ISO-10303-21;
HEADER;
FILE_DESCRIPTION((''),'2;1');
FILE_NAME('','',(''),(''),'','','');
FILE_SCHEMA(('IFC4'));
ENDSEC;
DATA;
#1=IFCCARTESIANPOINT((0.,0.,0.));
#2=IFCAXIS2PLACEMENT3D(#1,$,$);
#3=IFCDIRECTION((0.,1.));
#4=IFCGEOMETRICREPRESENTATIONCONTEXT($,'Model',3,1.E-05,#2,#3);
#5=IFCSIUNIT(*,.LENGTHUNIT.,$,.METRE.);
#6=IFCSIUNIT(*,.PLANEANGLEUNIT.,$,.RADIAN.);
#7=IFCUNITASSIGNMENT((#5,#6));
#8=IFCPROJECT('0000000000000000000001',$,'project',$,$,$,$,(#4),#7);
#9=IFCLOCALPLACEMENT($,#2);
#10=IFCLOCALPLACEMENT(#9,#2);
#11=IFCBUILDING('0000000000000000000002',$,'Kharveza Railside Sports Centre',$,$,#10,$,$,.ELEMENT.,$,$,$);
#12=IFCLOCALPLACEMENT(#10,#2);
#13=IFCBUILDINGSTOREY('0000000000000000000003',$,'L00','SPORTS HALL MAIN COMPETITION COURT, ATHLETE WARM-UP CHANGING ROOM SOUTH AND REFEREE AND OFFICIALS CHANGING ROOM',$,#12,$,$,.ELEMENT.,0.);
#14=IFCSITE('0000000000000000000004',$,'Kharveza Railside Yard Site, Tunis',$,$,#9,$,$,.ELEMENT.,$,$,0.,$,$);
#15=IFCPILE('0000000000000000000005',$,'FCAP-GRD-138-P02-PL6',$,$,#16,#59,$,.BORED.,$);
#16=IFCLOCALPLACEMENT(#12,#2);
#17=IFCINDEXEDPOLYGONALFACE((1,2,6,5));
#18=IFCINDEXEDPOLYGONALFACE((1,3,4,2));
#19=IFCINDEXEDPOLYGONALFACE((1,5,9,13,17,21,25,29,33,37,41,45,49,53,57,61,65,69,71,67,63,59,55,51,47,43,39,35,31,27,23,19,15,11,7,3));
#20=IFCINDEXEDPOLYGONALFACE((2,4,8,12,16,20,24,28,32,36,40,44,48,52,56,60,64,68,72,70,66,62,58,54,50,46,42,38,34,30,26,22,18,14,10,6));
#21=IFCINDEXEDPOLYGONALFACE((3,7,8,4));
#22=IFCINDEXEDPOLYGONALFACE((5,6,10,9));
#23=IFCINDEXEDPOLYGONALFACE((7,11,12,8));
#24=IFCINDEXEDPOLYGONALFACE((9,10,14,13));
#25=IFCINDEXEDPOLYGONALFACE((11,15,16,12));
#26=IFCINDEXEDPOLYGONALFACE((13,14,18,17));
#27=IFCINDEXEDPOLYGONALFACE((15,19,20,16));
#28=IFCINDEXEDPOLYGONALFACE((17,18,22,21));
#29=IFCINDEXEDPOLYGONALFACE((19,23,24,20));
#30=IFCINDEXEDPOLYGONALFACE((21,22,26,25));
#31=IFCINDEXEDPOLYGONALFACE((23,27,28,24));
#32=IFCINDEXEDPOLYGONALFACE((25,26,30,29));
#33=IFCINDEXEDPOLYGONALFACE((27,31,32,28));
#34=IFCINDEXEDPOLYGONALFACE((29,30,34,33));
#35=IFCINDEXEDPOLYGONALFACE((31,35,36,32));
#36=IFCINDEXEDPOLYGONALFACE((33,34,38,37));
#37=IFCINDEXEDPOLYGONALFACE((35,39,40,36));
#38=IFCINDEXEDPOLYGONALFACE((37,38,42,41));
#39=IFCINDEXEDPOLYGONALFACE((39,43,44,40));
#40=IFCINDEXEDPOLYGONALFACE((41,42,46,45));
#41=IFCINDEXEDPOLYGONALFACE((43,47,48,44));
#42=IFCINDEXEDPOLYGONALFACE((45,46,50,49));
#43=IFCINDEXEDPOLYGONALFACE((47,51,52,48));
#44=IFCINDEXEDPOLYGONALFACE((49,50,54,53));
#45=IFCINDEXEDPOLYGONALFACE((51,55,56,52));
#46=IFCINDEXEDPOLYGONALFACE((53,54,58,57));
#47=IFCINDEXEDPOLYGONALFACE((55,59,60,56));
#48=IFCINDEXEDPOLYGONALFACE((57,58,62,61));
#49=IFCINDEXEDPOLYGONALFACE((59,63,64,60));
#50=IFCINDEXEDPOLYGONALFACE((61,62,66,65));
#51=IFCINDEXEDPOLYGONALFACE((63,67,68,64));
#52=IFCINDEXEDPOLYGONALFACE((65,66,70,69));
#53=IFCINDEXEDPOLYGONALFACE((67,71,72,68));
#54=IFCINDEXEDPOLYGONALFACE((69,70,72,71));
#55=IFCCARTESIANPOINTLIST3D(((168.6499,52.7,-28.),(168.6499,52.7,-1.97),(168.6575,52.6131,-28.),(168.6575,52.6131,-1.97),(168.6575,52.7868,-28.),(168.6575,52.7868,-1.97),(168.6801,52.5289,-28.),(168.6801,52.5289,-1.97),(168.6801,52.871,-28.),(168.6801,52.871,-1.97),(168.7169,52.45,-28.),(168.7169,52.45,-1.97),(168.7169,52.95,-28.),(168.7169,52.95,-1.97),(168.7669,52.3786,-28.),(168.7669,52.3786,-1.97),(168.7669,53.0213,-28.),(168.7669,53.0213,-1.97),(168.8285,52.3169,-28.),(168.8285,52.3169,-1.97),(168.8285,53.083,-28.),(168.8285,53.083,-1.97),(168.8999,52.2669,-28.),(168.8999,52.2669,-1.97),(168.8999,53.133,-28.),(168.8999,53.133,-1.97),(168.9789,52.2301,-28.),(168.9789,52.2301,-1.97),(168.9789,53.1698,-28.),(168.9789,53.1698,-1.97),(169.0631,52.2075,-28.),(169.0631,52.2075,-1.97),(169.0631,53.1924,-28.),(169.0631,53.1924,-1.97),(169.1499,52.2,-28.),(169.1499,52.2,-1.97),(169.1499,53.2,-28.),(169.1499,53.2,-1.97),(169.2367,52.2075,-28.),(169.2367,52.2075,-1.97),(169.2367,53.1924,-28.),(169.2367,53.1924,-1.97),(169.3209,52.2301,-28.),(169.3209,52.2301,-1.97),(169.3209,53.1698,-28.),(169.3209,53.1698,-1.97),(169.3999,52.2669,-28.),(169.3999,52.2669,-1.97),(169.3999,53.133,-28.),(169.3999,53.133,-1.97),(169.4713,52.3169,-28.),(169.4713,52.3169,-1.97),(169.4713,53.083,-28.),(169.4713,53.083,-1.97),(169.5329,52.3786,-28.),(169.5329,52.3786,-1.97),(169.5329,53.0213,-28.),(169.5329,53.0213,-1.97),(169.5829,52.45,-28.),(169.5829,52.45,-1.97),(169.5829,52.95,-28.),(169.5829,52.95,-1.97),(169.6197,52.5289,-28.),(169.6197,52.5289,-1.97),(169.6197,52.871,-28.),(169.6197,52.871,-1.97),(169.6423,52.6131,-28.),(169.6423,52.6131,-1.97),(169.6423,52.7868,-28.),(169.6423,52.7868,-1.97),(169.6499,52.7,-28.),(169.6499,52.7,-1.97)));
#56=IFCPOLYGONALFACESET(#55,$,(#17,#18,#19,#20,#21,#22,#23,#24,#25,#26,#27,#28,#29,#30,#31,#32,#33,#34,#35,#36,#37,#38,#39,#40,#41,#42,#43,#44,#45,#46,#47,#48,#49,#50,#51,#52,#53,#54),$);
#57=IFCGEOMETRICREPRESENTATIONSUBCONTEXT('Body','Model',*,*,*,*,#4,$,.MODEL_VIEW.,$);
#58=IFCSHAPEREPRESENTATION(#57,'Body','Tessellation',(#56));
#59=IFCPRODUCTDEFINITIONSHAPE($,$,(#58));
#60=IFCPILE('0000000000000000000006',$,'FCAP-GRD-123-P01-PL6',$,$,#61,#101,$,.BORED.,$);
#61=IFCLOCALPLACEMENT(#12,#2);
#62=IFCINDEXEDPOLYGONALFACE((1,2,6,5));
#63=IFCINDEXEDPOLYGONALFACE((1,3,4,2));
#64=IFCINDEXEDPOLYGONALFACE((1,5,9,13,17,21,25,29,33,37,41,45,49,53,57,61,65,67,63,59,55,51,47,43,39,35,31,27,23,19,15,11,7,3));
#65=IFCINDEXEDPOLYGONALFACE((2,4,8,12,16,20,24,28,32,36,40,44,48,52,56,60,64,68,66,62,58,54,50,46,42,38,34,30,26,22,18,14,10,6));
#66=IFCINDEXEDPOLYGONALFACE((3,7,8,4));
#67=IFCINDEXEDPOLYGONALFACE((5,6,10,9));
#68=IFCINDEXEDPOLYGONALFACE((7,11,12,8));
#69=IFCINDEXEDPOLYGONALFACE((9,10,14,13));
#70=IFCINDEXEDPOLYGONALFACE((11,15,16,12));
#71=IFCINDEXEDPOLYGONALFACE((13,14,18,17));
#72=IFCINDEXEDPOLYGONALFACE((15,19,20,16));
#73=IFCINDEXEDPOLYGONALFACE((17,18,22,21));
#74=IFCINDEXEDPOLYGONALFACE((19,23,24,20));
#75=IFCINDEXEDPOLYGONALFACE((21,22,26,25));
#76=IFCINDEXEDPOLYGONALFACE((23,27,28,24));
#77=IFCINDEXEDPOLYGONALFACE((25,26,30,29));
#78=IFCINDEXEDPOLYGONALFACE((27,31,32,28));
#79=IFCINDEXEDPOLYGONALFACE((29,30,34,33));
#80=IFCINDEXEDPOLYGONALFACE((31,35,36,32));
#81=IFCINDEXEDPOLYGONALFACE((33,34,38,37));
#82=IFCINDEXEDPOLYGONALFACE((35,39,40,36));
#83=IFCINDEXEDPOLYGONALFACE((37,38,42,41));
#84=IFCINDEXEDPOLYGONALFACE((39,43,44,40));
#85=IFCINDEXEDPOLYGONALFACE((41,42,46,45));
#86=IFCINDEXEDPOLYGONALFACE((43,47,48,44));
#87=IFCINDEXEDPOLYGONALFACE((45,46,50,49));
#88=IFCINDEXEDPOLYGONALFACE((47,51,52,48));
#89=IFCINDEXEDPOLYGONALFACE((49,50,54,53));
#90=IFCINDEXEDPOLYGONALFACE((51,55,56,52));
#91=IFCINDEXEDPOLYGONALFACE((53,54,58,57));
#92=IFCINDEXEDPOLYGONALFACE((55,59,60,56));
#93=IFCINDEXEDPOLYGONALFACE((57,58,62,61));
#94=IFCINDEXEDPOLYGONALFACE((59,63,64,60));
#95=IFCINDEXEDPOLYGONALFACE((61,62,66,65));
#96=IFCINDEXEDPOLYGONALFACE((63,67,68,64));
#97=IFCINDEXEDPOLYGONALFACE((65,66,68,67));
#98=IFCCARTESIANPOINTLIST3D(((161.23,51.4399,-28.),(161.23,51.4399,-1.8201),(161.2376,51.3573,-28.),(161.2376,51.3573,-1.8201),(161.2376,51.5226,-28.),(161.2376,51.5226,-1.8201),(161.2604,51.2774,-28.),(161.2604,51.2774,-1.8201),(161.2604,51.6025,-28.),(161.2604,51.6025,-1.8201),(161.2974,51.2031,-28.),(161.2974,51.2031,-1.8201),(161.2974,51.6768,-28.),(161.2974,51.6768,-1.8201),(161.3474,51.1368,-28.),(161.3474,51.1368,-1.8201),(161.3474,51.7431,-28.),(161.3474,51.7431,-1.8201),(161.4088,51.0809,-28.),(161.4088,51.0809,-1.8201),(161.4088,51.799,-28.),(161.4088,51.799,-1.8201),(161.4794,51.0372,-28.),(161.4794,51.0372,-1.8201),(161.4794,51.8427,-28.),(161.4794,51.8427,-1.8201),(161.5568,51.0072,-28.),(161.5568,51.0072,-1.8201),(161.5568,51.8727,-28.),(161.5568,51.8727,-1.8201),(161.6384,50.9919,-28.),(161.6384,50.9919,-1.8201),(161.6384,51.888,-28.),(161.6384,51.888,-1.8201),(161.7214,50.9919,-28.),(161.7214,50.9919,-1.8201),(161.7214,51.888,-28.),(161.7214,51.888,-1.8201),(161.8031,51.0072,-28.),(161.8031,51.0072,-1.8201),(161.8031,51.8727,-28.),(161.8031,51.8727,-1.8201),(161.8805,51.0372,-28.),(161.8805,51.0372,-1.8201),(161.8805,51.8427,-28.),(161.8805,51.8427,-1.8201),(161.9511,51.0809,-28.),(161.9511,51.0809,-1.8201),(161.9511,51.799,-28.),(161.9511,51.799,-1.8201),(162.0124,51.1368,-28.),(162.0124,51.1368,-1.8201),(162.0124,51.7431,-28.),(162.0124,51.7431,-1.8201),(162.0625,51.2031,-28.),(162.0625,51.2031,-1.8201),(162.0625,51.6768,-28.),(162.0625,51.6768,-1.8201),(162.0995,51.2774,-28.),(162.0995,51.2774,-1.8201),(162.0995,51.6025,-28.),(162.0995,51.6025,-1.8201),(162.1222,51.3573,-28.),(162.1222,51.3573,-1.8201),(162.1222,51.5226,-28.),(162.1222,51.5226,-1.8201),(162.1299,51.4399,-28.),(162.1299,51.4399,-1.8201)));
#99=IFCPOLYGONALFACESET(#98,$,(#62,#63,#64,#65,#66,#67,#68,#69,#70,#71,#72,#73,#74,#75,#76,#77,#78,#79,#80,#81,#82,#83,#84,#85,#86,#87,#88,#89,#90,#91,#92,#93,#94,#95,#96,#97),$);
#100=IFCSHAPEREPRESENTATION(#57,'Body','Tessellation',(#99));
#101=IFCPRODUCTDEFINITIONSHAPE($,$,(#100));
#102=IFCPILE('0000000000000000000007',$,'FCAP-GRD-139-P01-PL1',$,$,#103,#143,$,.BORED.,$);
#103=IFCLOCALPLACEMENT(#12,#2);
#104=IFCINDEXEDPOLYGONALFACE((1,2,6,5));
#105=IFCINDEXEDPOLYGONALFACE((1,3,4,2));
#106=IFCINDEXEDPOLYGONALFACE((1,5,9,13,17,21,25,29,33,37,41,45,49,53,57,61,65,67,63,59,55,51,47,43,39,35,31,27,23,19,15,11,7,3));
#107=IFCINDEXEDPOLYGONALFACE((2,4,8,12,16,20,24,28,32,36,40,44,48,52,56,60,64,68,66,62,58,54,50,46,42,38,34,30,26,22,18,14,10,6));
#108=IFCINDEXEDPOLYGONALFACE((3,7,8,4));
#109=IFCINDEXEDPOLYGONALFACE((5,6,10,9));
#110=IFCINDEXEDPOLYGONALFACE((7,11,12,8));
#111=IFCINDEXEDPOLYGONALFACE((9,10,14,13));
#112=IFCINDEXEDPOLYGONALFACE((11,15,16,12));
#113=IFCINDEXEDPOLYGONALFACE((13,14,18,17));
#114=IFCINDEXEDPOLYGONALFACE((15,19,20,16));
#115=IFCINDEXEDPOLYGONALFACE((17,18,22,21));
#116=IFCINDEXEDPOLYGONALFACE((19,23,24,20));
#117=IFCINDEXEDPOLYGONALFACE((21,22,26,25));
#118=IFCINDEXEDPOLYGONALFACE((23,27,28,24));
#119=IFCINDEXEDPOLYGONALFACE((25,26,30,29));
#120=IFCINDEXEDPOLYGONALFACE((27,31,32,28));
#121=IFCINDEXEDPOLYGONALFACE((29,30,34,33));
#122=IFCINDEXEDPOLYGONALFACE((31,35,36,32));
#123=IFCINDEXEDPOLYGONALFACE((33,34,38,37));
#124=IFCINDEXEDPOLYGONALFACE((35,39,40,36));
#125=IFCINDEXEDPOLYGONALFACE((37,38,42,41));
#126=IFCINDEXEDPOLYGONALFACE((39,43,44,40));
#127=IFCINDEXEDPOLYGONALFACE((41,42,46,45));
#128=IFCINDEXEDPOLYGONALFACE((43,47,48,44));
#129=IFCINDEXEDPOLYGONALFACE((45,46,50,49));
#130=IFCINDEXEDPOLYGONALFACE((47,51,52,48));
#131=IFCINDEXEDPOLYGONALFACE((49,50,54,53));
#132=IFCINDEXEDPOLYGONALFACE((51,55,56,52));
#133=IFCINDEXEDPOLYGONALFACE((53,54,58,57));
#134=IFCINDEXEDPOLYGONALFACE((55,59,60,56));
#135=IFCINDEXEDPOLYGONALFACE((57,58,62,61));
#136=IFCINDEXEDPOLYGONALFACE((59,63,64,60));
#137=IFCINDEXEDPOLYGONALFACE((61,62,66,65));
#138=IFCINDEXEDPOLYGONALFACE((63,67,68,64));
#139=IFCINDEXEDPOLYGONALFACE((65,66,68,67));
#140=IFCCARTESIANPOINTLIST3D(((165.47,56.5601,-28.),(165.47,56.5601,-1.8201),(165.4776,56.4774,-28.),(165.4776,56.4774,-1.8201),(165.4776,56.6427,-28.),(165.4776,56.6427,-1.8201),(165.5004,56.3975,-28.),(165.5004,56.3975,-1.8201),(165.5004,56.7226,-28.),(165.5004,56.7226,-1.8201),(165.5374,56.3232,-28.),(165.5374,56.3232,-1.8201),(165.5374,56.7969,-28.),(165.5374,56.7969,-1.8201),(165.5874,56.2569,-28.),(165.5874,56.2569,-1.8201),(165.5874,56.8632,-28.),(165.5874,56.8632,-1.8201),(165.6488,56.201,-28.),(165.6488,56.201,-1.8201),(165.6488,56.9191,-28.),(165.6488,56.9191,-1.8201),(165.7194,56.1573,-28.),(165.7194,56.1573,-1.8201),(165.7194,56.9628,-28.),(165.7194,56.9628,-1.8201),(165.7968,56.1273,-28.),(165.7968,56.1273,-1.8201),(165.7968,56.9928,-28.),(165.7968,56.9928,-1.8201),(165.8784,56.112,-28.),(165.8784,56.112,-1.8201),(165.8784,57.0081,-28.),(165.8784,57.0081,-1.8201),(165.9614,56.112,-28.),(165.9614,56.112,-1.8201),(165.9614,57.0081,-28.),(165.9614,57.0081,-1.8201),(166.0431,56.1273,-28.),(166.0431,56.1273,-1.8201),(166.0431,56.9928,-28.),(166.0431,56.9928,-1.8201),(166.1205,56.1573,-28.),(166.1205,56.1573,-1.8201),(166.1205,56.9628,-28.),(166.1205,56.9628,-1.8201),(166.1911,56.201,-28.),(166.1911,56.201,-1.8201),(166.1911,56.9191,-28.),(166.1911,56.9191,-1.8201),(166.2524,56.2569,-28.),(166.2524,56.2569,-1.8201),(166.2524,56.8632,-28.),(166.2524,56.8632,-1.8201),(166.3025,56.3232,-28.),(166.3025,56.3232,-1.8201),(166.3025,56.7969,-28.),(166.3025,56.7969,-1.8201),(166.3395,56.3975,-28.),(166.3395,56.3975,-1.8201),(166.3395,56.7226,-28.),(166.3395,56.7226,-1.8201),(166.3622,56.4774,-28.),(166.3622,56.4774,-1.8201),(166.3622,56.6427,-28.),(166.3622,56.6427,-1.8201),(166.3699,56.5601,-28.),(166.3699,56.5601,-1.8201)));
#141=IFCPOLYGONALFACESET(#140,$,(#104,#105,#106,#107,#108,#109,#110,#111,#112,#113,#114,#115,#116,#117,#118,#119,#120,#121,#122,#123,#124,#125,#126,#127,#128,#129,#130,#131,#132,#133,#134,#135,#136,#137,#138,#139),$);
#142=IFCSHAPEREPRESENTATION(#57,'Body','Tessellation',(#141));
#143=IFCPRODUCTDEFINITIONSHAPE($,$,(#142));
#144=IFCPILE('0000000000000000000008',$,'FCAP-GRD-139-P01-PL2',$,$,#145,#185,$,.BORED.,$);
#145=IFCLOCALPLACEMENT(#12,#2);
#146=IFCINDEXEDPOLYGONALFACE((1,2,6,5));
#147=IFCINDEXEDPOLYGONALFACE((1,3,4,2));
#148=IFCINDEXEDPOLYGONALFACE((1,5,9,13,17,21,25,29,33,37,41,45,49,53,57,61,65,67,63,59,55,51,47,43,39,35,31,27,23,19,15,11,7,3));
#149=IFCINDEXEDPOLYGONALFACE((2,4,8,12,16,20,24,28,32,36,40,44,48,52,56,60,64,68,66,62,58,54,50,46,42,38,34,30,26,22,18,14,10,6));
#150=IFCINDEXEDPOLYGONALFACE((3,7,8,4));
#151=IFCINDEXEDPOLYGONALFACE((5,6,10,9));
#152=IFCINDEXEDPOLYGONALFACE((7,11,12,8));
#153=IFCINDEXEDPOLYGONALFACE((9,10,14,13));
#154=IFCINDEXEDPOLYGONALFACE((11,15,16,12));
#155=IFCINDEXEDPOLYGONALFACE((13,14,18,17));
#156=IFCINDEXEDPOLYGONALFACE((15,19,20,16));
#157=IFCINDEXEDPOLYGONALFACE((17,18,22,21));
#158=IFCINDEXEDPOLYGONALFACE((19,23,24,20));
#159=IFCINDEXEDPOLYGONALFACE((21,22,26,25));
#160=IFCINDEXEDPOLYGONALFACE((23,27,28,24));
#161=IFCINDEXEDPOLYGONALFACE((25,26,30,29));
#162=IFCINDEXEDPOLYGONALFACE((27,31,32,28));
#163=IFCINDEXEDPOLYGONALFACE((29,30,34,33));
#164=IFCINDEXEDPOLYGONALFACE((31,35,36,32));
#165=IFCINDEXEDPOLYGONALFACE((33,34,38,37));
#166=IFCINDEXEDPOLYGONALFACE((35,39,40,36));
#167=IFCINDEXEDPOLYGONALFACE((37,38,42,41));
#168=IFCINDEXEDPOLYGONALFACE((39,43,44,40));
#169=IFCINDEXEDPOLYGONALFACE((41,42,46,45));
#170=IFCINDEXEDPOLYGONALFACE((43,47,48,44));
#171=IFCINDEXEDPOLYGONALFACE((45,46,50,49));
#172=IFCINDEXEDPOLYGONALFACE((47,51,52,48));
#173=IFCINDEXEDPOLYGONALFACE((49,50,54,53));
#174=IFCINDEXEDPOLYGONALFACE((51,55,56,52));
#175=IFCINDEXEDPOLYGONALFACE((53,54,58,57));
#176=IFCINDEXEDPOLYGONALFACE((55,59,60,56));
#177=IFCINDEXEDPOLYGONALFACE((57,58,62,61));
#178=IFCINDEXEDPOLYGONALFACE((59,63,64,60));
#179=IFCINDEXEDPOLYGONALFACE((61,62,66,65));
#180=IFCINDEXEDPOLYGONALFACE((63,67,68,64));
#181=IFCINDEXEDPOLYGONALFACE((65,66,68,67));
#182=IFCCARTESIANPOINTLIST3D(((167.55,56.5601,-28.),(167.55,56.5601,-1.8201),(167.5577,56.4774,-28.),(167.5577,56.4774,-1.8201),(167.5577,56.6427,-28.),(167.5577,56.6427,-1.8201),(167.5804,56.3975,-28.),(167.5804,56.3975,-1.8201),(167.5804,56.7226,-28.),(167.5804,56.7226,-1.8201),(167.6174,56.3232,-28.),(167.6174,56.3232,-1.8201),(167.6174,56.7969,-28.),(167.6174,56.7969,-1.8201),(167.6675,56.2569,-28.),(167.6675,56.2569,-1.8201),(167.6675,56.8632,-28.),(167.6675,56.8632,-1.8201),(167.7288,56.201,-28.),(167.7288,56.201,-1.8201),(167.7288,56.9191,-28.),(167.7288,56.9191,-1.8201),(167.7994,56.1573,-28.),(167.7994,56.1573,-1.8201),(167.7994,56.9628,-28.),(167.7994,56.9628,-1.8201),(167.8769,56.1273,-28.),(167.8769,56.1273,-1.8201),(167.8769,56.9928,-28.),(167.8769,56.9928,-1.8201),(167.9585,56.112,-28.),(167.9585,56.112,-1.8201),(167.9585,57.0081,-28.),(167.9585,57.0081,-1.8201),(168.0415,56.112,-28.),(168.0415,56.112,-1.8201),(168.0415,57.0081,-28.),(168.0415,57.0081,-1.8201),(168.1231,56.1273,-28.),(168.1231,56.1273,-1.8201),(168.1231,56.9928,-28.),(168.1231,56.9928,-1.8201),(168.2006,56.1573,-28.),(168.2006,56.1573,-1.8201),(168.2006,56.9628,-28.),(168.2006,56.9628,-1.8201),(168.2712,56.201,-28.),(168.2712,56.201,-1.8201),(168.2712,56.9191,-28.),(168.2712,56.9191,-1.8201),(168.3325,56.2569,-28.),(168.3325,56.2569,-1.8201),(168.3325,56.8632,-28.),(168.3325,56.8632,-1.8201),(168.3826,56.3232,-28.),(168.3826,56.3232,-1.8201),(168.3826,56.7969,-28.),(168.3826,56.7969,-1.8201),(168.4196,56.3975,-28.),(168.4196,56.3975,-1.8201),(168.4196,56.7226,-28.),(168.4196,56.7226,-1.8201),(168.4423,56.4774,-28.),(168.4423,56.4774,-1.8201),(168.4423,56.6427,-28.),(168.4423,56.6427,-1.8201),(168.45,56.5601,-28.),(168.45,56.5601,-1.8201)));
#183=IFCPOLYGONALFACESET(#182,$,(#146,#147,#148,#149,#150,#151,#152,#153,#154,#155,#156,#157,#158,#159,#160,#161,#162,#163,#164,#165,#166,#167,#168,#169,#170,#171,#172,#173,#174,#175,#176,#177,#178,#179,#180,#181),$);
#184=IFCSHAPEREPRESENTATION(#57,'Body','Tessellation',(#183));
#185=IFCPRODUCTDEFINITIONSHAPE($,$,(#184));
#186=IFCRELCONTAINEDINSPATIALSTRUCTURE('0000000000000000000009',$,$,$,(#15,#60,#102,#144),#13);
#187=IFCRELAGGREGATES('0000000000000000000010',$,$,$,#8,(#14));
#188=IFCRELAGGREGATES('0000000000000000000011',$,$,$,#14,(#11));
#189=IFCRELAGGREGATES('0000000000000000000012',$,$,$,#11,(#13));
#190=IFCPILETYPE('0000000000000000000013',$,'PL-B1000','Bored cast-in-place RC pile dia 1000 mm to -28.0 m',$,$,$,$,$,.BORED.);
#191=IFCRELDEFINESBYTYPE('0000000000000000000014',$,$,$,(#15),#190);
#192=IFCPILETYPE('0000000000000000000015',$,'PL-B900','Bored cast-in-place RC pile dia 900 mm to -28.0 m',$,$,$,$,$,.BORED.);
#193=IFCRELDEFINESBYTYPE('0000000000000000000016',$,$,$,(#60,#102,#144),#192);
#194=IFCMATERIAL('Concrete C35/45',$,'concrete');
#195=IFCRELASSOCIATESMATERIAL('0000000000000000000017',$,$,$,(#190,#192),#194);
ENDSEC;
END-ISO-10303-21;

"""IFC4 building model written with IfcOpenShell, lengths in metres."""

from ifc_helpers import new_model, si_unit, direction, frame, origin, origin_2d, place, context, subcontext, project, spatial, circle, extrude, material, material_profile, profile_set, type_object, element, save


model = new_model("IFC4")

# Units and contexts
model_context = context("Model", 3, precision=1e-05, world=origin(), true_north=direction((0.0, 1.0)))
body_context = subcontext(model_context, "Body", "Model", "MODEL_VIEW")
ifc_project = project(units=[si_unit("LENGTHUNIT", "METRE"), si_unit("PLANEANGLEUNIT", "RADIAN")], contexts=[model_context])

# Site, building, storey
site_placement = place(None, origin())
site = spatial("IfcSite", under=ifc_project, at=site_placement, Name="Kharveza Railside Yard Site, Tunis", CompositionType="ELEMENT", RefElevation=0.0)
building_placement = place(site_placement, origin())
building = spatial("IfcBuilding", under=site, at=building_placement, Name="Kharveza Railside Sports Centre", CompositionType="ELEMENT")
storey_placement = place(building_placement, origin())
storey = spatial("IfcBuildingStorey", under=building, at=storey_placement, Name="L00", Description="SPORTS HALL MAIN COMPETITION COURT, ATHLETE WARM-UP CHANGING ROOM SOUTH AND REFEREE AND OFFICIALS CHANGING ROOM", CompositionType="ELEMENT", Elevation=0.0)

# Shared definitions
ifc_material_1 = material(Name="Concrete C35/45", Category="concrete")

# Piles
ifc_material_profile_1 = material_profile(ifc_material_1, circle(Radius=0.5, at=origin_2d()), Name="PILE D1000")
ifc_profile_set_1 = profile_set([ifc_material_profile_1], Name="Concrete C35/45")
pile_type_1 = type_object("IfcPileType", Name="PL-B1000", Description="Bored cast-in-place RC pile dia 1000 mm to -28.0 m", PredefinedType="BORED", material=ifc_profile_set_1)
for number, where, z_axis, x_axis, name in (
    (1, (169.1499, 52.7, -1.97), (0.0, 0.0, -1.0), (1.0, 0.0, 0.0), "FCAP-GRD-138-P02-PL6"),
):
    element("IfcPile", number, at=place(storey_placement, frame(where, z_axis=z_axis, x_axis=x_axis)), inside=storey, type_object=pile_type_1, Name=name, PredefinedType="BORED", context=body_context, shape_type="SweptSolid", body=[
        extrude(circle(Radius=0.5, at=origin_2d()), origin(), (0.0, 0.0, 1.0), 26.03),
    ])
ifc_material_profile_2 = material_profile(ifc_material_1, circle(Radius=0.45, at=origin_2d()), Name="PILE D900")
ifc_profile_set_2 = profile_set([ifc_material_profile_2], Name="Concrete C35/45")
pile_type_2 = type_object("IfcPileType", Name="PL-B900", Description="Bored cast-in-place RC pile dia 900 mm to -28.0 m", PredefinedType="BORED", material=ifc_profile_set_2)
for number, where, z_axis, x_axis, name in (
    (2, (161.6799, 51.4399, -1.8201), (0.0, 0.0, -1.0), (1.0, 0.0, 0.0), "FCAP-GRD-123-P01-PL6"),
    (3, (165.9199, 56.5601, -1.8201), (0.0, 0.0, -1.0), (1.0, 0.0, 0.0), "FCAP-GRD-139-P01-PL1"),
    (4, (168.0, 56.5601, -1.8201), (0.0, 0.0, -1.0), (1.0, 0.0, 0.0), "FCAP-GRD-139-P01-PL2"),
):
    element("IfcPile", number, at=place(storey_placement, frame(where, z_axis=z_axis, x_axis=x_axis)), inside=storey, type_object=pile_type_2, Name=name, PredefinedType="BORED", context=body_context, shape_type="SweptSolid", body=[
        extrude(circle(Radius=0.45, at=origin_2d()), origin(), (0.0, 0.0, 1.0), 26.1799),
    ])

save(model, "model.ifc")
